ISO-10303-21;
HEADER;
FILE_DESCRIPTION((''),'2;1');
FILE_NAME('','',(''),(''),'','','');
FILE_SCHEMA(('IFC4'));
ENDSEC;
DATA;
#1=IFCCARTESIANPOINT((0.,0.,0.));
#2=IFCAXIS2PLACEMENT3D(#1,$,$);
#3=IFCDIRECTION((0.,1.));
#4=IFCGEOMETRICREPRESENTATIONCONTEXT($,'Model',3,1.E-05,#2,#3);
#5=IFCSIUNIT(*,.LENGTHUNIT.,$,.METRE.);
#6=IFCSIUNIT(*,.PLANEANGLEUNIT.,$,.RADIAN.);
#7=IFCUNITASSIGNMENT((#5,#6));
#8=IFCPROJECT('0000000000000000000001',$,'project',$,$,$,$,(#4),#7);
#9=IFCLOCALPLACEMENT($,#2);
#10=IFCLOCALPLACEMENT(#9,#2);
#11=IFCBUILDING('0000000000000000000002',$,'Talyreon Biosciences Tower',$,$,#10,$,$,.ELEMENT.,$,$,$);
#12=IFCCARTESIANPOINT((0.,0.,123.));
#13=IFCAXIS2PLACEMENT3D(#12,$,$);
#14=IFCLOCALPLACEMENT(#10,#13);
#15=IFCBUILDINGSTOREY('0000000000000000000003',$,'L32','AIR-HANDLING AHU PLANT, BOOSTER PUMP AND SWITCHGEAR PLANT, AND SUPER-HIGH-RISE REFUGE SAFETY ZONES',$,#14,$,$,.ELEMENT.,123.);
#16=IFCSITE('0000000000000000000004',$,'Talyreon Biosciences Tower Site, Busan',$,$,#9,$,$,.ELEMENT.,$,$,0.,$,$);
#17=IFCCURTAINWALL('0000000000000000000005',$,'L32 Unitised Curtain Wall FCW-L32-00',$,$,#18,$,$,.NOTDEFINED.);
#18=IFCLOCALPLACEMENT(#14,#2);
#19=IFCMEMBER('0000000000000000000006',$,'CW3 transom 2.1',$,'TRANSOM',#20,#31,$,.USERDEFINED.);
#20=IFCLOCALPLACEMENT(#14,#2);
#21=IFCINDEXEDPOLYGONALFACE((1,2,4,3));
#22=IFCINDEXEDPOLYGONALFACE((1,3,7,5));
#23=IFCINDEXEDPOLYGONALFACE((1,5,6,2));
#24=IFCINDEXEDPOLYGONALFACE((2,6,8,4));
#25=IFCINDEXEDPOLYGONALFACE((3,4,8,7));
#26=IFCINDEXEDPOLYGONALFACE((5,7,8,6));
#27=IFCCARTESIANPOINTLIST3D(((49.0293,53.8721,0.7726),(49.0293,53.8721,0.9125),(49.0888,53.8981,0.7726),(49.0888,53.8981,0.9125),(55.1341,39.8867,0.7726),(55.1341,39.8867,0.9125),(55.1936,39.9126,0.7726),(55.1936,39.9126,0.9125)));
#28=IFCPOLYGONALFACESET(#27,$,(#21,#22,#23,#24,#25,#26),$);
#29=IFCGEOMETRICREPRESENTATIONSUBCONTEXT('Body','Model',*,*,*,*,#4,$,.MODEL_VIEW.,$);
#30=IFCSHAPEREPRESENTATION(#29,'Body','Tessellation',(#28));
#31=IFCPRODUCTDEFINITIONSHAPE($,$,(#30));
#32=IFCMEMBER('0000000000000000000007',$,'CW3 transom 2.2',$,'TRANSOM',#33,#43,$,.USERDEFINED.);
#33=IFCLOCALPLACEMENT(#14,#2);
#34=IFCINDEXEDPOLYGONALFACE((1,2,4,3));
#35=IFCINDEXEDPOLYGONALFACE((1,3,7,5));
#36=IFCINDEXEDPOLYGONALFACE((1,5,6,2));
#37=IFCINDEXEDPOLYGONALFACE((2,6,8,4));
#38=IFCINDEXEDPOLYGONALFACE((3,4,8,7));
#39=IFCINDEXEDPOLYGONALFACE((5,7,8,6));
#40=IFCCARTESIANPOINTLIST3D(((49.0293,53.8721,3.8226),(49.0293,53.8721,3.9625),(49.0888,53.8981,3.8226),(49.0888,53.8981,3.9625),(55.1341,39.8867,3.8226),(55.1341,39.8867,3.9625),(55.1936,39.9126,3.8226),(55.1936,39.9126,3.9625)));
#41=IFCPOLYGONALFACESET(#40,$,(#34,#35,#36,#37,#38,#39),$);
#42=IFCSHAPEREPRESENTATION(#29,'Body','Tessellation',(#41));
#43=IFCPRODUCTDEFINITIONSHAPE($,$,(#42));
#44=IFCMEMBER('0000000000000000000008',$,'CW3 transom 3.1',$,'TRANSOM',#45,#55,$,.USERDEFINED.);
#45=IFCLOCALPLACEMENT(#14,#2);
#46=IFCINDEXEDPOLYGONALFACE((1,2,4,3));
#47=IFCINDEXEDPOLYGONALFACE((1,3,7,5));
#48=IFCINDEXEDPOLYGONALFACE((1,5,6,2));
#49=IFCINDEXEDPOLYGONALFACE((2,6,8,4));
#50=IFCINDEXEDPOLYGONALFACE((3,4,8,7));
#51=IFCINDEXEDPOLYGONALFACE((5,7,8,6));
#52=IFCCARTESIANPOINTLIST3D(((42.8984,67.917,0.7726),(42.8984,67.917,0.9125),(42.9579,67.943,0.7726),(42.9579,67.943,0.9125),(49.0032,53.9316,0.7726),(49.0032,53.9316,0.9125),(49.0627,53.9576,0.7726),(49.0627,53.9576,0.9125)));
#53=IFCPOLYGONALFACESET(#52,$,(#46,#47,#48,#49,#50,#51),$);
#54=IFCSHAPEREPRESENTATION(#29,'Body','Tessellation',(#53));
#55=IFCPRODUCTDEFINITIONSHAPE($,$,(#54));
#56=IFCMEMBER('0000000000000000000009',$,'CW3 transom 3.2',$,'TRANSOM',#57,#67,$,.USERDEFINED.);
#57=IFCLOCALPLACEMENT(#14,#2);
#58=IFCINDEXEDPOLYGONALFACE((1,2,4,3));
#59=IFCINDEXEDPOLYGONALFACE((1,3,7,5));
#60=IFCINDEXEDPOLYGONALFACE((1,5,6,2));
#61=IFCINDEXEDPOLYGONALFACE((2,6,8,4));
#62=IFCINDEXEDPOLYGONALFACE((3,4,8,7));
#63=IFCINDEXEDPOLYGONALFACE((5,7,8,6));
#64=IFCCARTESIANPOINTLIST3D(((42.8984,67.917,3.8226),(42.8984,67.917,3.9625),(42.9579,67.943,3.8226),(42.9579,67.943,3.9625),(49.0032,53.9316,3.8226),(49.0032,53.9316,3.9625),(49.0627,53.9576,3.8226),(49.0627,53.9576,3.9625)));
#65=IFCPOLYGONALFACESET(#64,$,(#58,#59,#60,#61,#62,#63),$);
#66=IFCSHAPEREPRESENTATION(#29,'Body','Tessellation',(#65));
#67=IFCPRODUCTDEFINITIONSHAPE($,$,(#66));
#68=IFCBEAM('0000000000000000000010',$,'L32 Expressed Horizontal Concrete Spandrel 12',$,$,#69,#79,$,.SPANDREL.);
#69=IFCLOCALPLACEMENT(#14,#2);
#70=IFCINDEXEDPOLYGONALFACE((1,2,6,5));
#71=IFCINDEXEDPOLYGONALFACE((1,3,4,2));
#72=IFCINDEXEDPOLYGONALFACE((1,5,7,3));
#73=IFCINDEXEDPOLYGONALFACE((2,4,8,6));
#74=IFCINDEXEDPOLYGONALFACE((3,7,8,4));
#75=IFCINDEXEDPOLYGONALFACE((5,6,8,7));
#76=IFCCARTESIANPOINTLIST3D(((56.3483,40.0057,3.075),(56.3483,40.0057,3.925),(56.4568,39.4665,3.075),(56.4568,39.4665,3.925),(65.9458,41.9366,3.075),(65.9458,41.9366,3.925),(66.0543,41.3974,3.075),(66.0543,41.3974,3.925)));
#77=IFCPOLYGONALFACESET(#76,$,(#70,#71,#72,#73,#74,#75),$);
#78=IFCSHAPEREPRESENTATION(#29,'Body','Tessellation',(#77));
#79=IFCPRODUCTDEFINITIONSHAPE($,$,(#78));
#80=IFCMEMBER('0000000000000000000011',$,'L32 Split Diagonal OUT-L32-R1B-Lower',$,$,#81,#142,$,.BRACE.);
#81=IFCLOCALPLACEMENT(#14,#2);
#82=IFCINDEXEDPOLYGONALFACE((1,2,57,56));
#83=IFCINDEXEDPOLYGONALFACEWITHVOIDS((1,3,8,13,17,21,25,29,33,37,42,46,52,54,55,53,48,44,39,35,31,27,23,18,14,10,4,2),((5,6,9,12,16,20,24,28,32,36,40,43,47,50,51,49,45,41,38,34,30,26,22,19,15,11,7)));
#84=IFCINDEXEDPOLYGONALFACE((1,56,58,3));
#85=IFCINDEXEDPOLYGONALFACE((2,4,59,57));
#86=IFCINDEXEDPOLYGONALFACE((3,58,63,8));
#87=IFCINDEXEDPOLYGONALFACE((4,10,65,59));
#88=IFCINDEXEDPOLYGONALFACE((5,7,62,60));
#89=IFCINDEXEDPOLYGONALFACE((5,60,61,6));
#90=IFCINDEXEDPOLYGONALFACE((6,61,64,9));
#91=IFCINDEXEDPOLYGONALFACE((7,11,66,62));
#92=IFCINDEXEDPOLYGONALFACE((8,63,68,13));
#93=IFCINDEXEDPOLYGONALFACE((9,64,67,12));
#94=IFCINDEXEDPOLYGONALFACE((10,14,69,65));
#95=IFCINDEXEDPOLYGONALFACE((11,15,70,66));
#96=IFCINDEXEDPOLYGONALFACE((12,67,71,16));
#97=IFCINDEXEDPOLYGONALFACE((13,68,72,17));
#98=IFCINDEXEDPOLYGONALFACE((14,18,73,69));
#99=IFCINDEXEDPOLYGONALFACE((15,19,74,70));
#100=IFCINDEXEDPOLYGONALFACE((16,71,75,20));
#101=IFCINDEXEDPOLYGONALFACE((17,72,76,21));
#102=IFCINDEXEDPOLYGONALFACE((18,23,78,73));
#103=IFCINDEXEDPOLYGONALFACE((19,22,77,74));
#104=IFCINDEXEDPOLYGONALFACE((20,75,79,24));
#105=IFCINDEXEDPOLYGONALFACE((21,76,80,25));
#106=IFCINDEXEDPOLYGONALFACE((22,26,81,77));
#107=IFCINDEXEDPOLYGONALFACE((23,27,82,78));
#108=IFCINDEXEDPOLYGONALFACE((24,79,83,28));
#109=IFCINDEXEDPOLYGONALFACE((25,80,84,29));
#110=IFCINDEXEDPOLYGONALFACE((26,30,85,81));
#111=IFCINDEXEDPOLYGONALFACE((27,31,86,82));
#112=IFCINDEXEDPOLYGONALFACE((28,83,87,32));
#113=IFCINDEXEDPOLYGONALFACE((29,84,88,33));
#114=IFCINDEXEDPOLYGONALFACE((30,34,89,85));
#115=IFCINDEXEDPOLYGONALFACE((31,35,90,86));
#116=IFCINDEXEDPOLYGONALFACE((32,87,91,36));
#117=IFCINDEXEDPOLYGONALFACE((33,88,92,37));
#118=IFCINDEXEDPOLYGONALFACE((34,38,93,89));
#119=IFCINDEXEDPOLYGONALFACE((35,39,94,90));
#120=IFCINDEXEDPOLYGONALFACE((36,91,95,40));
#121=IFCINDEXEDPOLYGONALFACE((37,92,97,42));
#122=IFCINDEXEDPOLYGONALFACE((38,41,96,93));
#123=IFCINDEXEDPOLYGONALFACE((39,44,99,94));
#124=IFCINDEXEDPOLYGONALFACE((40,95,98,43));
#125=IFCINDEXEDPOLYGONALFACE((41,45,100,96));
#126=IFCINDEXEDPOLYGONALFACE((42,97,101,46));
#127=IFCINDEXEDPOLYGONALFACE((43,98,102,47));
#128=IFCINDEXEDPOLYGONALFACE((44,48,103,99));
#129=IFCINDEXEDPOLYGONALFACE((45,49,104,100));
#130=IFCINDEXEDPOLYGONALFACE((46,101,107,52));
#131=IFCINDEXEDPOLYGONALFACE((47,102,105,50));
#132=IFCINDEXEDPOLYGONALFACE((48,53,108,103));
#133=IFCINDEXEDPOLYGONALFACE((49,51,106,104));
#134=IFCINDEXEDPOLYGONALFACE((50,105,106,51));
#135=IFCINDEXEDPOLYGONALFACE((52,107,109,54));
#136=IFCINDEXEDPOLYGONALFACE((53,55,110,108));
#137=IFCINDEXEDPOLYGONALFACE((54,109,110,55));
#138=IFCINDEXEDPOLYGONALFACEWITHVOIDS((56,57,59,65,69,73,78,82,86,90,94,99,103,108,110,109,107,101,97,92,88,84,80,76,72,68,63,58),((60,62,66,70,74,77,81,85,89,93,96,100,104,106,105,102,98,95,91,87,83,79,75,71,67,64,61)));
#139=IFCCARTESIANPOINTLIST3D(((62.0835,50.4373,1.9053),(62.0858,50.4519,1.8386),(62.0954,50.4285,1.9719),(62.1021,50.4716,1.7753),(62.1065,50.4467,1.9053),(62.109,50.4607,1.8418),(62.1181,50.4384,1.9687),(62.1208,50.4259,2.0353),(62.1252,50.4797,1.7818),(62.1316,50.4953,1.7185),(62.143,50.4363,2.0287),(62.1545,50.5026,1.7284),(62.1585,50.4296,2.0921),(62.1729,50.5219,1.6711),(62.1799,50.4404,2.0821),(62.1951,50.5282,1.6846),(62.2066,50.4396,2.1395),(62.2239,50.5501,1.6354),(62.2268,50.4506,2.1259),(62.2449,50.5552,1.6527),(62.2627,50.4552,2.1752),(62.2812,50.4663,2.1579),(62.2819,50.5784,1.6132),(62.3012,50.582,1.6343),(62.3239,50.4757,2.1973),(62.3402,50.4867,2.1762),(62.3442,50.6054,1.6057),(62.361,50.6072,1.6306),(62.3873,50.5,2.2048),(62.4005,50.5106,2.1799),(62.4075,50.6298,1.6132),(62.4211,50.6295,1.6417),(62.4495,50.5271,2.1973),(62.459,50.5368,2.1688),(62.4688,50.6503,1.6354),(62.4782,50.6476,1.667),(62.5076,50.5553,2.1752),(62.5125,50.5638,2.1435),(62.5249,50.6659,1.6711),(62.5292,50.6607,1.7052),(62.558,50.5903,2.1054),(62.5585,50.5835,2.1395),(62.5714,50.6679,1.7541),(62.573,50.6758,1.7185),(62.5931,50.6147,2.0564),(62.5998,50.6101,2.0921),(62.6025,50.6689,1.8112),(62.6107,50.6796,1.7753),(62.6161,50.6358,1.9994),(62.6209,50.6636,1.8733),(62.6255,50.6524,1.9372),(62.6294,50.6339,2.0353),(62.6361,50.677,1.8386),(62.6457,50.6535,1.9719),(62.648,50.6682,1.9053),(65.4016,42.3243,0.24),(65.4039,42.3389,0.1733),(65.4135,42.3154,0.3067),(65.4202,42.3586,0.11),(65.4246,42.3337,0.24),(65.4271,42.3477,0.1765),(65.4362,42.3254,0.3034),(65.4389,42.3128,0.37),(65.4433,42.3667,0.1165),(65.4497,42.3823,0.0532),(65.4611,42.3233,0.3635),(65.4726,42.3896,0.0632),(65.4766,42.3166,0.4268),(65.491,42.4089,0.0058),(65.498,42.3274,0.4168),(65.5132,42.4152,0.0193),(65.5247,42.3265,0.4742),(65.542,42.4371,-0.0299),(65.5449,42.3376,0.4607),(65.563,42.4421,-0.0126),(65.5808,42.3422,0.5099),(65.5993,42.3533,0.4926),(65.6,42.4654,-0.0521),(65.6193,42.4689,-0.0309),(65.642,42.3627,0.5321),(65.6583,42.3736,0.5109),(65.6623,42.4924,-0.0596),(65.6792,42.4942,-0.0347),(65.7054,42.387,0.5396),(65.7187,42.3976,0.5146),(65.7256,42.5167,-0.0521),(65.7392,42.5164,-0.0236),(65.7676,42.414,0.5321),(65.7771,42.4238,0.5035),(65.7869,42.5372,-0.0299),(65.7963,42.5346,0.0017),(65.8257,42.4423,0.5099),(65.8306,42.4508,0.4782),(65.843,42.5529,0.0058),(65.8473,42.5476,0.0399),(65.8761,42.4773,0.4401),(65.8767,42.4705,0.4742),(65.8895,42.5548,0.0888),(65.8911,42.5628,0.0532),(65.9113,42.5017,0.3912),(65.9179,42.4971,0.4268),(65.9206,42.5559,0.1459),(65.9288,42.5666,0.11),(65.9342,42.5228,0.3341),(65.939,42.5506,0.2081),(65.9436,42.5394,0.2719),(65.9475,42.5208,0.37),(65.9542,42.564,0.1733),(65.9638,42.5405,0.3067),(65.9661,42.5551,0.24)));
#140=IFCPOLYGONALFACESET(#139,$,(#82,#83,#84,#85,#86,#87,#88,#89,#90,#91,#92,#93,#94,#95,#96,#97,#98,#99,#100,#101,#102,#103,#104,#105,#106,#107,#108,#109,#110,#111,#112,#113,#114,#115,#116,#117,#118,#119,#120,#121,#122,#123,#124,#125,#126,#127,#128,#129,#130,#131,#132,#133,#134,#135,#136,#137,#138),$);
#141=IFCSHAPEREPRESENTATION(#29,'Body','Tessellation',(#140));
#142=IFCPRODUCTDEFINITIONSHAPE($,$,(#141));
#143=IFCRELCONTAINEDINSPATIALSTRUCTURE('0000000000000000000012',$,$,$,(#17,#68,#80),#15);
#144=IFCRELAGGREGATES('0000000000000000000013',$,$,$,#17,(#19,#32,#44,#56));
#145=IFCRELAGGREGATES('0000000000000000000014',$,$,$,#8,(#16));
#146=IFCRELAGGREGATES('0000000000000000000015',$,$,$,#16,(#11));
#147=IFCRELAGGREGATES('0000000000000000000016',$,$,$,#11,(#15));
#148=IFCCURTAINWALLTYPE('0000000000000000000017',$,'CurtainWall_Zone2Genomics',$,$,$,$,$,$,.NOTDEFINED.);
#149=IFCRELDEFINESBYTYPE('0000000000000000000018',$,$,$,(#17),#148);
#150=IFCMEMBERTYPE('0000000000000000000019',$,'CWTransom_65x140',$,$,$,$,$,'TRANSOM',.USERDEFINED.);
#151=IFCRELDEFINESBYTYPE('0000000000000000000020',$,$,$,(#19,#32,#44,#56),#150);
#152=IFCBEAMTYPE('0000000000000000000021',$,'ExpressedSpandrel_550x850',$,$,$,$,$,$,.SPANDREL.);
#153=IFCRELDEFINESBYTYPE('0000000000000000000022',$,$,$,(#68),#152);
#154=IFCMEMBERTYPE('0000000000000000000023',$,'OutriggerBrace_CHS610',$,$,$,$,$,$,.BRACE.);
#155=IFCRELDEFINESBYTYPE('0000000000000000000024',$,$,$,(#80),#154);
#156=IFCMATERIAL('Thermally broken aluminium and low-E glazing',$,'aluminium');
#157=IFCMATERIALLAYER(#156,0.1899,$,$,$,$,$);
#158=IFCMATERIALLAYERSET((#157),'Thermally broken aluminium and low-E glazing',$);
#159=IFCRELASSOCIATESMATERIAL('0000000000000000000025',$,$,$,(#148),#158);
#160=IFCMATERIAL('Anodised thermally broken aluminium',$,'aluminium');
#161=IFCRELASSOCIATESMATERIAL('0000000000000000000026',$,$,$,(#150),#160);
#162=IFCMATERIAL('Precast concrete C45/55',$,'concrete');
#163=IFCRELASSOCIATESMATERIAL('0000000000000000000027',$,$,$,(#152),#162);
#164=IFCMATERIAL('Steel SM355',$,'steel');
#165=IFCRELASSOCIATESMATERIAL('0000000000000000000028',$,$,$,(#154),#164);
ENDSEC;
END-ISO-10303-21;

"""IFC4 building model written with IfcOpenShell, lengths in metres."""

from ifc_helpers import new_model, si_unit, direction, frame, origin, origin_2d, place, context, subcontext, project, spatial, rectangle, hollow_circle, extrude, material, layer, layer_set, material_profile, profile_set, type_object, element, aggregate, save


model = new_model("IFC4")

# Units and contexts
model_context = context("Model", 3, precision=1e-05, world=origin(), true_north=direction((0.0, 1.0)))
body_context = subcontext(model_context, "Body", "Model", "MODEL_VIEW")
ifc_project = project(units=[si_unit("LENGTHUNIT", "METRE"), si_unit("PLANEANGLEUNIT", "RADIAN")], contexts=[model_context])

# Site, building, storey
site_placement = place(None, origin())
site = spatial("IfcSite", under=ifc_project, at=site_placement, Name="Talyreon Biosciences Tower Site, Busan", CompositionType="ELEMENT", RefElevation=0.0)
building_placement = place(site_placement, origin())
building = spatial("IfcBuilding", under=site, at=building_placement, Name="Talyreon Biosciences Tower", CompositionType="ELEMENT")
storey_placement = place(building_placement, frame((0.0, 0.0, 123.0)))
storey = spatial("IfcBuildingStorey", under=building, at=storey_placement, Name="L32", Description="AIR-HANDLING AHU PLANT, BOOSTER PUMP AND SWITCHGEAR PLANT, AND SUPER-HIGH-RISE REFUGE SAFETY ZONES", CompositionType="ELEMENT", Elevation=123.0)

# Shared definitions
ifc_material_1 = material(Name="Steel SM355", Category="steel")

# Curtain wall, members
ifc_material_2 = material(Name="Thermally broken aluminium and low-E glazing", Category="aluminium")
ifc_layer_1 = layer(ifc_material_2, 0.1899)
ifc_layer_set_1 = layer_set([ifc_layer_1], Name="Thermally broken aluminium and low-E glazing")
curtain_wall_type = type_object("IfcCurtainWallType", Name="CurtainWall_Zone2Genomics", PredefinedType="NOTDEFINED", material=ifc_layer_set_1)
curtain_wall_placement = place(storey_placement, origin())
curtain_wall = element("IfcCurtainWall", 1, at=curtain_wall_placement, inside=storey, type_object=curtain_wall_type, Name="L32 Unitised Curtain Wall FCW-L32-00", PredefinedType="NOTDEFINED")
ifc_material_3 = material(Name="Anodised thermally broken aluminium", Category="aluminium")
ifc_material_profile_1 = material_profile(ifc_material_3, rectangle(XDim=0.0649, YDim=0.1399, at=origin_2d()), Name="ALUM TRANSOM 65x140")
ifc_profile_set_1 = profile_set([ifc_material_profile_1], Name="Anodised thermally broken aluminium")
member_type_1 = type_object("IfcMemberType", Name="CWTransom_65x140", ElementType="TRANSOM", PredefinedType="USERDEFINED", material=ifc_profile_set_1)
member_1_placement = place(storey_placement, frame((55.1638, 39.8997, 0.8425), z_axis=(-0.400057, 0.91649, 0.0), x_axis=(-0.91649, -0.400057, 0.0)))
member_1 = element("IfcMember", 2, at=member_1_placement, type_object=member_type_1, Name="CW3 transom 2.1", ObjectType="TRANSOM", PredefinedType="USERDEFINED", context=body_context, shape_type="SweptSolid", body=[
    extrude(rectangle(XDim=0.0649, YDim=0.1399, at=origin_2d()), origin(), (0.0, 0.0, 1.0), 15.2598),
])
member_2_placement = place(storey_placement, frame((55.1638, 39.8997, 3.8926), z_axis=(-0.400057, 0.91649, 0.0), x_axis=(-0.91649, -0.400057, 0.0)))
member_2 = element("IfcMember", 3, at=member_2_placement, type_object=member_type_1, Name="CW3 transom 2.2", ObjectType="TRANSOM", PredefinedType="USERDEFINED", context=body_context, shape_type="SweptSolid", body=[
    extrude(rectangle(XDim=0.0649, YDim=0.1399, at=origin_2d()), origin(), (0.0, 0.0, 1.0), 15.2598),
])
member_3_placement = place(storey_placement, frame((49.033, 53.9446, 0.8425), z_axis=(-0.400057, 0.91649, 0.0), x_axis=(-0.91649, -0.400057, 0.0)))
member_3 = element("IfcMember", 4, at=member_3_placement, type_object=member_type_1, Name="CW3 transom 3.1", ObjectType="TRANSOM", PredefinedType="USERDEFINED", context=body_context, shape_type="SweptSolid", body=[
    extrude(rectangle(XDim=0.0649, YDim=0.1399, at=origin_2d()), origin(), (0.0, 0.0, 1.0), 15.2598),
])
member_4_placement = place(storey_placement, frame((49.033, 53.9446, 3.8926), z_axis=(-0.400057, 0.91649, 0.0), x_axis=(-0.91649, -0.400057, 0.0)))
member_4 = element("IfcMember", 5, at=member_4_placement, type_object=member_type_1, Name="CW3 transom 3.2", ObjectType="TRANSOM", PredefinedType="USERDEFINED", context=body_context, shape_type="SweptSolid", body=[
    extrude(rectangle(XDim=0.0649, YDim=0.1399, at=origin_2d()), origin(), (0.0, 0.0, 1.0), 15.2598),
])

# Beam
ifc_material_4 = material(Name="Precast concrete C45/55", Category="concrete")
ifc_material_profile_2 = material_profile(ifc_material_4, rectangle(XDim=0.55, YDim=0.8501, at=origin_2d()), Name="RCB 550x850")
ifc_profile_set_2 = profile_set([ifc_material_profile_2], Name="Precast concrete C45/55")
beam_type_1 = type_object("IfcBeamType", Name="ExpressedSpandrel_550x850", PredefinedType="SPANDREL", material=ifc_profile_set_2)
beam_1_placement = place(storey_placement, frame((56.4026, 39.7361, 3.5), z_axis=(0.980356, 0.197238, 0.0), x_axis=(-0.197238, 0.980356, 0.0)))
element("IfcBeam", 6, at=beam_1_placement, inside=storey, type_object=beam_type_1, Name="L32 Expressed Horizontal Concrete Spandrel 12", PredefinedType="SPANDREL", context=body_context, shape_type="SweptSolid", body=[
    extrude(rectangle(XDim=0.55, YDim=0.8501, at=origin_2d()), origin(), (0.0, 0.0, 1.0), 9.7898),
])

# Member
ifc_material_profile_3 = material_profile(ifc_material_1, hollow_circle(Radius=0.3049, WallThickness=0.0249, at=origin_2d()), Name="CHS 610x25")
ifc_profile_set_3 = profile_set([ifc_material_profile_3], Name="Steel SM355")
member_type_2 = type_object("IfcMemberType", Name="OutriggerBrace_CHS610", PredefinedType="BRACE", material=ifc_profile_set_3)
member_5_placement = place(storey_placement, frame((65.6838, 42.4397, 0.24), z_axis=(-0.371897, 0.909316, 0.186646), x_axis=(-0.925581, -0.378549, 0.0)))
element("IfcMember", 7, at=member_5_placement, inside=storey, type_object=member_type_2, Name="L32 Split Diagonal OUT-L32-R1B-Lower", PredefinedType="BRACE", context=body_context, shape_type="SweptSolid", body=[
    extrude(hollow_circle(Radius=0.3049, WallThickness=0.0249, at=origin_2d()), origin(), (0.0, 0.0, 1.0), 8.9221),
])

aggregate(curtain_wall, [member_1, member_2, member_3, member_4])

save(model, "model.ifc")
